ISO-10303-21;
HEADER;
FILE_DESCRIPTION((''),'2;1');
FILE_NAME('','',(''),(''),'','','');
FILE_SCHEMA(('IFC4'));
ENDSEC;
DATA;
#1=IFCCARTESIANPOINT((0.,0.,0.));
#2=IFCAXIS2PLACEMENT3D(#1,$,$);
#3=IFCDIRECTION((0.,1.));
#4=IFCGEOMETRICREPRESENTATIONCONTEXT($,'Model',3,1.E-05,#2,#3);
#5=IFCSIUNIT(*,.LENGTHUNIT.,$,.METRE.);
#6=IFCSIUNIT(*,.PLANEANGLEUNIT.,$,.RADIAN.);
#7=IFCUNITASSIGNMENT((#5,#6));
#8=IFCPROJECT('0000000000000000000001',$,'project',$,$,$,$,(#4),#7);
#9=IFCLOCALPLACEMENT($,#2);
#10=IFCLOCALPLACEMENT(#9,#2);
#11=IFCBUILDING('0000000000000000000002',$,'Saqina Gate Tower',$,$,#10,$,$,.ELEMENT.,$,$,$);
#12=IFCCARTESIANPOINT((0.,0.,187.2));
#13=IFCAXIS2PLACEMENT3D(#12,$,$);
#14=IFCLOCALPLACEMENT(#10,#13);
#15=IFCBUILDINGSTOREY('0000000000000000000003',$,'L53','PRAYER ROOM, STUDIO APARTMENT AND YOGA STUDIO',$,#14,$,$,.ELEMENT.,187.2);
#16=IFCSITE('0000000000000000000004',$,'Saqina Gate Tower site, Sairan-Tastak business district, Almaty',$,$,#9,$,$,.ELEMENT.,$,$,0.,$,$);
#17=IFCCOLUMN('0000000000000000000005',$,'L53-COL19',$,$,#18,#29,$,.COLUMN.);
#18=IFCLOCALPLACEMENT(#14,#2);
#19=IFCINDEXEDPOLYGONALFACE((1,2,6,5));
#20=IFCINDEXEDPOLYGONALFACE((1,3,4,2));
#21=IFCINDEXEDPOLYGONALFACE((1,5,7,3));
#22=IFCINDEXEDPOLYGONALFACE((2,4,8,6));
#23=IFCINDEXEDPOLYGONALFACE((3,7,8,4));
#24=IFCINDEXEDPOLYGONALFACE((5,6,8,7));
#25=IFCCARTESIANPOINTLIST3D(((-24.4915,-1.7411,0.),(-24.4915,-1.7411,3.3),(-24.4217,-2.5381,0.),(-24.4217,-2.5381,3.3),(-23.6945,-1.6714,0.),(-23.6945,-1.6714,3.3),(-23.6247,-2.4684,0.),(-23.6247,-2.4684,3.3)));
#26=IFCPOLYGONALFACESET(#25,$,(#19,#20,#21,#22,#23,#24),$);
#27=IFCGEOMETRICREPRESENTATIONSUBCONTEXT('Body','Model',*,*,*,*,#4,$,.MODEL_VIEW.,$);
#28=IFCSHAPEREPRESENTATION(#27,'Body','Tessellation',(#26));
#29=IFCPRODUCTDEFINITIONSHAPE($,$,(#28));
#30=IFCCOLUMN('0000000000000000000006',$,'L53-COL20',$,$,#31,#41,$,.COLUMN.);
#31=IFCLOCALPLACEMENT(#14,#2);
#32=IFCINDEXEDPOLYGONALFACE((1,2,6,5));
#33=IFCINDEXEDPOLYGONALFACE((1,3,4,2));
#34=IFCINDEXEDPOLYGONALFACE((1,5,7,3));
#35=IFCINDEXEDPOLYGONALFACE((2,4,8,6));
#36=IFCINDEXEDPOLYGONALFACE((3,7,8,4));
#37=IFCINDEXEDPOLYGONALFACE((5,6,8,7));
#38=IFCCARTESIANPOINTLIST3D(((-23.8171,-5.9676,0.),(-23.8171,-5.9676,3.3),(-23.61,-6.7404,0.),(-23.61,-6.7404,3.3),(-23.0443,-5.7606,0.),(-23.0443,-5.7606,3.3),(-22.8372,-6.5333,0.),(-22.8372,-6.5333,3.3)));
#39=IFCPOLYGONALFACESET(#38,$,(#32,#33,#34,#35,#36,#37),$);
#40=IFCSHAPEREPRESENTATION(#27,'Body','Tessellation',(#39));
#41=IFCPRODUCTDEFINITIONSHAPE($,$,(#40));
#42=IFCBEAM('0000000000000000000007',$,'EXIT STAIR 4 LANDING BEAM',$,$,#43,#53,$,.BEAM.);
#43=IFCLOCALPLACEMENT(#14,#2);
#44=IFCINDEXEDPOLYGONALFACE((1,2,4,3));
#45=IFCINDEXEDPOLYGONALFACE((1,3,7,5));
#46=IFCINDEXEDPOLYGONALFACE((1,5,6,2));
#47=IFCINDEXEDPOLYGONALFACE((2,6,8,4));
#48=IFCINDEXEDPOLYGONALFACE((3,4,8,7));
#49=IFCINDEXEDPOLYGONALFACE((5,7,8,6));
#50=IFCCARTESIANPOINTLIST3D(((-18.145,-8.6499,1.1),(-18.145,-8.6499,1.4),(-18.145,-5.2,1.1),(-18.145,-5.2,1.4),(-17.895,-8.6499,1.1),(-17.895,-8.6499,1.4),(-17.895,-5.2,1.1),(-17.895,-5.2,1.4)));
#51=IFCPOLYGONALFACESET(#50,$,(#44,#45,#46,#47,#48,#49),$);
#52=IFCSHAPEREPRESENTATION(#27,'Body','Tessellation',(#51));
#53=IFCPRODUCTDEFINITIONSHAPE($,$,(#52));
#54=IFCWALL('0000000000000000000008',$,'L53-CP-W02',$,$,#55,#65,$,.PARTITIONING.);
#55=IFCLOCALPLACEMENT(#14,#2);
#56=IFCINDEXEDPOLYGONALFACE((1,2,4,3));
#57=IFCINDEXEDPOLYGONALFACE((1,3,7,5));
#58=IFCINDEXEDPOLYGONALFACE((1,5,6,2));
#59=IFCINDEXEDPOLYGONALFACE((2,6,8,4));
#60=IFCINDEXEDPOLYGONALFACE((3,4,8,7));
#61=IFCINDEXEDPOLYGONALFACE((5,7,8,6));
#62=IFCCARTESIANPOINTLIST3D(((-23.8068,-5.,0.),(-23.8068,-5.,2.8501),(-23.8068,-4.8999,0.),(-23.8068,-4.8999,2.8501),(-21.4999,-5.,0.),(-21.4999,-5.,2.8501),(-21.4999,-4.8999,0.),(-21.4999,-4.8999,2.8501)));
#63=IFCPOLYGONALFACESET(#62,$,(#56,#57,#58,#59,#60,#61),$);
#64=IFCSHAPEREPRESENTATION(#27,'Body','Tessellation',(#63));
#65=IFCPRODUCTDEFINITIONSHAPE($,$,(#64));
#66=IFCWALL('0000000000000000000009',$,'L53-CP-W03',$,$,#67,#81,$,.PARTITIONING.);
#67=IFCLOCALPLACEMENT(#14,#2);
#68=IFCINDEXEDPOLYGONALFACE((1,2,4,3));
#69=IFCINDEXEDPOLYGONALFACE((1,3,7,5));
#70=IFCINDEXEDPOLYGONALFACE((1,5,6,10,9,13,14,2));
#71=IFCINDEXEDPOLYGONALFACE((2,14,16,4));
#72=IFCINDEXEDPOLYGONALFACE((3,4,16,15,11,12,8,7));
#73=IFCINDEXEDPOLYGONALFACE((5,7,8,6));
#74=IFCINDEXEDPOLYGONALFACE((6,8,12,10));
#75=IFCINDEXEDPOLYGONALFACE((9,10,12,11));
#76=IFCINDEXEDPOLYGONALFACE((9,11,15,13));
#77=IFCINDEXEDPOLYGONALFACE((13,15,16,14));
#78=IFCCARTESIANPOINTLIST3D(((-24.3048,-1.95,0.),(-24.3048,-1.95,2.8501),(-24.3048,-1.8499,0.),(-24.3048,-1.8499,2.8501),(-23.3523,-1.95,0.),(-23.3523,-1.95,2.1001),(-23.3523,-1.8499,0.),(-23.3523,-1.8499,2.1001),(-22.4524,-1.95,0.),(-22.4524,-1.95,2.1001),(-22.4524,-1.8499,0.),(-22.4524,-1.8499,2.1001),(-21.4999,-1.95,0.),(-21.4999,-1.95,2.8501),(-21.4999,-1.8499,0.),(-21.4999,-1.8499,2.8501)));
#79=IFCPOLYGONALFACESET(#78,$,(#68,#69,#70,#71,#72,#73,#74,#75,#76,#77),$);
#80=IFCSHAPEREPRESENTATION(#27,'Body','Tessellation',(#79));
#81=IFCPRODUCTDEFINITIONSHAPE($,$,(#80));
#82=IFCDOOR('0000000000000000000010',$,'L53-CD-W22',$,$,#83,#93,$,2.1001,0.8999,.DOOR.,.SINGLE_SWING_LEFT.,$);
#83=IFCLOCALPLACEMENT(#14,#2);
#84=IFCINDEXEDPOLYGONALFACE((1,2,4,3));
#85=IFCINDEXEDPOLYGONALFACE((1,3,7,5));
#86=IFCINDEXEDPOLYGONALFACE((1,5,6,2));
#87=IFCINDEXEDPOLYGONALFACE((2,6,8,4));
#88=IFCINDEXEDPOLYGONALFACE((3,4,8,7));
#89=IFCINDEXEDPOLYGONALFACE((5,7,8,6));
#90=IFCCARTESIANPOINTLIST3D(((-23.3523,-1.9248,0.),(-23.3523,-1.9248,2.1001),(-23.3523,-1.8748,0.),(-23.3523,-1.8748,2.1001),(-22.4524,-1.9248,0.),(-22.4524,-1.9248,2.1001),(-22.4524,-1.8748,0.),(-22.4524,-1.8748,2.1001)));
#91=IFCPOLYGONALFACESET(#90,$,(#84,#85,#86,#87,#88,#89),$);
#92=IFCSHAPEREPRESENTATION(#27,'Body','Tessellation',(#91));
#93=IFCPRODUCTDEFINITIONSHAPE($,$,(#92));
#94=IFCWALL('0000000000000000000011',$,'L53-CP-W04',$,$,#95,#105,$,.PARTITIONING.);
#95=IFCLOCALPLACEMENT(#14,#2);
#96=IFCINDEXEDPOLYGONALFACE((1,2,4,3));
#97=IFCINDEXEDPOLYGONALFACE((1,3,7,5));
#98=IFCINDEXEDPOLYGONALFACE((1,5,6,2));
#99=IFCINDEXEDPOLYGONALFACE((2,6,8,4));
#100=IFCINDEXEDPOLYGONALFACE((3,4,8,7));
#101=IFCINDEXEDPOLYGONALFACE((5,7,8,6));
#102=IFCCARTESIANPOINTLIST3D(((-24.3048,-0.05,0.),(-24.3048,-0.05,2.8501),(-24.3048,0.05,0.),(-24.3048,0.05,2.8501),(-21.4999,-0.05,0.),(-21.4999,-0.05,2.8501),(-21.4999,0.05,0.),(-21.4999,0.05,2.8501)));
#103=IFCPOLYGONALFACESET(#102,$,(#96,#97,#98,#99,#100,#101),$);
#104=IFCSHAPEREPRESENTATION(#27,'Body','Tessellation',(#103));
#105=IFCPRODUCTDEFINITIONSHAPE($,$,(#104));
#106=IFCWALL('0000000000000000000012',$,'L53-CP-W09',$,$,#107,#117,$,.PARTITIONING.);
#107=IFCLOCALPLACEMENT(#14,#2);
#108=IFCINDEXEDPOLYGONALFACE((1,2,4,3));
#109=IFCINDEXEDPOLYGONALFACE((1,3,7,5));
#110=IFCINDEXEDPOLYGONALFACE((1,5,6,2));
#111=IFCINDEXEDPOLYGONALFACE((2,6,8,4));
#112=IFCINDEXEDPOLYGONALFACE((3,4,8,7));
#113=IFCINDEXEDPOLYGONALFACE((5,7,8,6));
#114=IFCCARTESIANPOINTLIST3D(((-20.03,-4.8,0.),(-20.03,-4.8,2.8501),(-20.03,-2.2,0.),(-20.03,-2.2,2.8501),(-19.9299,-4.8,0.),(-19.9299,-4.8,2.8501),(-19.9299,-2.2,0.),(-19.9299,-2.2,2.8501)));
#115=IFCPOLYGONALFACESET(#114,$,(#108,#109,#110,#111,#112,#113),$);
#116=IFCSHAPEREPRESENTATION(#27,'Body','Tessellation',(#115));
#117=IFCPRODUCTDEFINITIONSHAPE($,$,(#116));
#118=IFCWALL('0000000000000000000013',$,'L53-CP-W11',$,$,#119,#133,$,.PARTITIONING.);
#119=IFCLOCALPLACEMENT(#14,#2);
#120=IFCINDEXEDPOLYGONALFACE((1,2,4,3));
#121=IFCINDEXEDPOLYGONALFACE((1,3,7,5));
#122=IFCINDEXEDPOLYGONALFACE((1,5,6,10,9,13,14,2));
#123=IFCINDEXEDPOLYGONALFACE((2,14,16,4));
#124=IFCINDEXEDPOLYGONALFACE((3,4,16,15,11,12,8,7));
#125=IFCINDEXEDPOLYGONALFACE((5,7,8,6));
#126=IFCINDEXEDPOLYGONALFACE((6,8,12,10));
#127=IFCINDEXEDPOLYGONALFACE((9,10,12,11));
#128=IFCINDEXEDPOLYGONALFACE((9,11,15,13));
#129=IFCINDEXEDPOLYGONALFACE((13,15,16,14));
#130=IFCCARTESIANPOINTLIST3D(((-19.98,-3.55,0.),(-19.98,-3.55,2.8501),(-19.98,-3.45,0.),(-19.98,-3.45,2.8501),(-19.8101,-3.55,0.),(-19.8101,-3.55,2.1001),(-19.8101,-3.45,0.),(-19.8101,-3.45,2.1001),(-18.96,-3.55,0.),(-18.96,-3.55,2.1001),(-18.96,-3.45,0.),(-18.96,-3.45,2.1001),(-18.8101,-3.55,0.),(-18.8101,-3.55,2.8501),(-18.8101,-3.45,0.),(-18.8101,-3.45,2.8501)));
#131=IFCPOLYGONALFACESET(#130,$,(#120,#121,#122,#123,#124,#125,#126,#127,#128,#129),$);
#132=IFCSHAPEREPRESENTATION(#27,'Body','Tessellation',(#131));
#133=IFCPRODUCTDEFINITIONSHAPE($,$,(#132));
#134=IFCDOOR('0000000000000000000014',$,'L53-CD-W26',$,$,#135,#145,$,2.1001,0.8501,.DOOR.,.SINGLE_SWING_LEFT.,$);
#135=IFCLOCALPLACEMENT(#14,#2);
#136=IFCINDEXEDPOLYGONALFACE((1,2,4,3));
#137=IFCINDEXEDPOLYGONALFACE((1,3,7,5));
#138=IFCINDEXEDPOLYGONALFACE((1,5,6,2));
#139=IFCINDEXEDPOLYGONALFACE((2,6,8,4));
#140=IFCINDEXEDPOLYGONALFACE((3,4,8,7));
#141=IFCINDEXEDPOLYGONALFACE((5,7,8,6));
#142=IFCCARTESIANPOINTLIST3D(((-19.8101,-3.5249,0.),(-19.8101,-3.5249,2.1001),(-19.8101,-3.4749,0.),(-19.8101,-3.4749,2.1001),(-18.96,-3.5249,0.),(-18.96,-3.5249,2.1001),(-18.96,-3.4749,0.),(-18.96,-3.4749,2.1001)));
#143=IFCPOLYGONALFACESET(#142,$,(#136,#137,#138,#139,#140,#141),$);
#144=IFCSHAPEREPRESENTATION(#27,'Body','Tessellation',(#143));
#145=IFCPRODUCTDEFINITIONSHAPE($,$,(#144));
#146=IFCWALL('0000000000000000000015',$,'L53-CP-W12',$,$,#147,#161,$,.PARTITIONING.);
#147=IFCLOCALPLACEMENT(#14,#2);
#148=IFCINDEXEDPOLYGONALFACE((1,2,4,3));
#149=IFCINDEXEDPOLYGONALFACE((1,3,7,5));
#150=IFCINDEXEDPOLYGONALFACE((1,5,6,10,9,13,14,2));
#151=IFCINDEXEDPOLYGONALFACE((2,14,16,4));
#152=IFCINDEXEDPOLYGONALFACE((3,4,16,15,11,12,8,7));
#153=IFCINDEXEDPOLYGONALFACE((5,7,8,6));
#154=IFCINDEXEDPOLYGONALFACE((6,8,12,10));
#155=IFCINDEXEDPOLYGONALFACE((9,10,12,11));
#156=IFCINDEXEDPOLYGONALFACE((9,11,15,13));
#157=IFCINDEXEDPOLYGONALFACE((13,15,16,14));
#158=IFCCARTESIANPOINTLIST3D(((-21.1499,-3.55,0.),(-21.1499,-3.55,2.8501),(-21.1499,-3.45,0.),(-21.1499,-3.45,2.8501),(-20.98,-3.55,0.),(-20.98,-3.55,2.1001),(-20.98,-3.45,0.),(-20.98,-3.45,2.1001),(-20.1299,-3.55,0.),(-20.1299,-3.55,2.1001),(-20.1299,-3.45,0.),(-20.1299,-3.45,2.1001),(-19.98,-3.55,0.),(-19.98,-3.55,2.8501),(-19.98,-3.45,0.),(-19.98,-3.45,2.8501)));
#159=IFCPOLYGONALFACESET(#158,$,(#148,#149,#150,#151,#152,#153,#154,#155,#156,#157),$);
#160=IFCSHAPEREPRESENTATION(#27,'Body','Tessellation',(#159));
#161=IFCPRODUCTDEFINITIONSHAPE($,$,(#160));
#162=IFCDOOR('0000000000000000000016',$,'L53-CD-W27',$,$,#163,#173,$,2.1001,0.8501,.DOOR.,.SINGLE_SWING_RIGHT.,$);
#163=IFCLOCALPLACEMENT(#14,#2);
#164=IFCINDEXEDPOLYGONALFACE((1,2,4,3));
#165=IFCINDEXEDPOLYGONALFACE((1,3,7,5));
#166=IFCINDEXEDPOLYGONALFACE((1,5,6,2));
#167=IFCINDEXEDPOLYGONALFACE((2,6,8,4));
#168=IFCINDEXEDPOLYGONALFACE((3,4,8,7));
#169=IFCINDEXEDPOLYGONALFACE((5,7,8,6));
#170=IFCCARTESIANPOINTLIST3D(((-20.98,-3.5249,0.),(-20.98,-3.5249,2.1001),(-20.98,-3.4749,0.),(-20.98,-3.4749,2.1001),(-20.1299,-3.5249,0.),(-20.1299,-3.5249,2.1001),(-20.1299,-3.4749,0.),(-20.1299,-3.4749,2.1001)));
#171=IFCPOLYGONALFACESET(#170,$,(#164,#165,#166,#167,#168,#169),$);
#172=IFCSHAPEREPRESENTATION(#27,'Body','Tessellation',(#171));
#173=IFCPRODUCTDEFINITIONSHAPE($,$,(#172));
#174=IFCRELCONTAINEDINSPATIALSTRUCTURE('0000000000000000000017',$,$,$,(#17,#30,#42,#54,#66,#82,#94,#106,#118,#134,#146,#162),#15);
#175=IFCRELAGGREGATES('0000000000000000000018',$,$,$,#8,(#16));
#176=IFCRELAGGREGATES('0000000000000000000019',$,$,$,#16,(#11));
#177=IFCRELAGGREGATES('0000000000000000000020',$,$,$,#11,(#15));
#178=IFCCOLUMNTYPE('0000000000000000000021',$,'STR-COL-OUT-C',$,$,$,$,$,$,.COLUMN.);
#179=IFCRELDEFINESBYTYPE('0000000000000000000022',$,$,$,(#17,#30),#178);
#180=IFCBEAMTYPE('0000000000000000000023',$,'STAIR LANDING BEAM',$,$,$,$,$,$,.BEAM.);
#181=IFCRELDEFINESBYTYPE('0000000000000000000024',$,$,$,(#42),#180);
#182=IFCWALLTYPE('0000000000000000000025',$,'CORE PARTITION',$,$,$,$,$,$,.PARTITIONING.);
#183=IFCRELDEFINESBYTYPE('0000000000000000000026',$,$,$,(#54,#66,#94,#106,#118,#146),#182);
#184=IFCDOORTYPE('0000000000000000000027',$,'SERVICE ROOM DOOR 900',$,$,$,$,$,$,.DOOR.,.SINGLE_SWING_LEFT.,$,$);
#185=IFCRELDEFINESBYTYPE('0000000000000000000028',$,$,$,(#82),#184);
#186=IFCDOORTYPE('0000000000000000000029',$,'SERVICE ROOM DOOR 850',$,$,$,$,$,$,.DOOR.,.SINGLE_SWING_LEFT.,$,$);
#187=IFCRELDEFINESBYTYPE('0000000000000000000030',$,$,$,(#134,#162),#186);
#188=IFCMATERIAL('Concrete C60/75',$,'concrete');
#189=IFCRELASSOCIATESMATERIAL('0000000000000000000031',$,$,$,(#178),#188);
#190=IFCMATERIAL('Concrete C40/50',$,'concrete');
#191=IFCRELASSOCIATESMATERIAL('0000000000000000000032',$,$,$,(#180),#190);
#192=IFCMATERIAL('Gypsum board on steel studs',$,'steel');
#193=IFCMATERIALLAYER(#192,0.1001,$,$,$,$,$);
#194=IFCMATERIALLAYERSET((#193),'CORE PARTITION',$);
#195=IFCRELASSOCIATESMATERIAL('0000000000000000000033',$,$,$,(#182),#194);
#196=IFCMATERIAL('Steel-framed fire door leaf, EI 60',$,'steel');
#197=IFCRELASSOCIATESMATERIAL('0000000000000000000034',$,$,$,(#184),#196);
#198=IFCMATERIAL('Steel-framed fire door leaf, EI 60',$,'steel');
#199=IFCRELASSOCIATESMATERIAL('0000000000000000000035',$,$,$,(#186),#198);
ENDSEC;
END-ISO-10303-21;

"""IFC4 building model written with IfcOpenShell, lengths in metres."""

from ifc_helpers import new_model, si_unit, direction, frame, frame_2d, origin, origin_2d, place, context, subcontext, project, spatial, rectangle, extrude, material, layer, layer_set, material_profile, profile_set, type_object, element, fill, save


model = new_model("IFC4")

# Units and contexts
model_context = context("Model", 3, precision=1e-05, world=origin(), true_north=direction((0.0, 1.0)))
body_context = subcontext(model_context, "Body", "Model", "MODEL_VIEW")
ifc_project = project(units=[si_unit("LENGTHUNIT", "METRE"), si_unit("PLANEANGLEUNIT", "RADIAN")], contexts=[model_context])

# Site, building, storey
site_placement = place(None, origin())
site = spatial("IfcSite", under=ifc_project, at=site_placement, Name="Saqina Gate Tower site, Sairan-Tastak business district, Almaty", CompositionType="ELEMENT", RefElevation=0.0)
building_placement = place(site_placement, origin())
building = spatial("IfcBuilding", under=site, at=building_placement, Name="Saqina Gate Tower", CompositionType="ELEMENT")
storey_placement = place(building_placement, frame((0.0, 0.0, 187.2)))
storey = spatial("IfcBuildingStorey", under=building, at=storey_placement, Name="L53", Description="PRAYER ROOM, STUDIO APARTMENT AND YOGA STUDIO", CompositionType="ELEMENT", Elevation=187.2)

# Columns
ifc_material_1 = material(Name="Concrete C60/75", Category="concrete")
ifc_material_profile_1 = material_profile(ifc_material_1, rectangle(XDim=0.8, YDim=0.8, at=origin_2d()), Name="RC 800x800")
ifc_profile_set_1 = profile_set([ifc_material_profile_1], Name="Concrete C60/75")
column_type = type_object("IfcColumnType", Name="STR-COL-OUT-C", PredefinedType="COLUMN", material=ifc_profile_set_1)
for number, where, z_axis, x_axis, name in (
    (1, (-24.0581, -2.1047, 0.0), (0.0, 0.0, 1.0), (-0.996195, -0.087156, 0.0), "L53-COL19"),
    (2, (-23.3271, -6.2505, 0.0), (0.0, 0.0, 1.0), (-0.965926, -0.258819, 0.0), "L53-COL20"),
):
    element("IfcColumn", number, at=place(storey_placement, frame(where, z_axis=z_axis, x_axis=x_axis)), inside=storey, type_object=column_type, Name=name, PredefinedType="COLUMN", context=body_context, shape_type="SweptSolid", body=[
        extrude(rectangle(XDim=0.8, YDim=0.8, at=origin_2d()), origin(), (0.0, 0.0, 1.0), 3.3),
    ])

# Beam
ifc_material_2 = material(Name="Concrete C40/50", Category="concrete")
ifc_material_profile_2 = material_profile(ifc_material_2, rectangle(XDim=0.25, YDim=0.3, at=origin_2d()), Name="STAIR LANDING BEAM")
ifc_profile_set_2 = profile_set([ifc_material_profile_2], Name="Concrete C40/50")
beam_type = type_object("IfcBeamType", Name="STAIR LANDING BEAM", PredefinedType="BEAM", material=ifc_profile_set_2)
beam_placement = place(storey_placement, frame((-18.02, -8.6499, 1.25), z_axis=(0.0, 1.0, 0.0), x_axis=(-1.0, 0.0, 0.0)))
element("IfcBeam", 3, at=beam_placement, inside=storey, type_object=beam_type, Name="EXIT STAIR 4 LANDING BEAM", PredefinedType="BEAM", context=body_context, shape_type="SweptSolid", body=[
    extrude(rectangle(XDim=0.25, YDim=0.3, at=origin_2d()), origin(), (0.0, 0.0, 1.0), 3.45),
])

# Wall
ifc_material_3 = material(Name="Gypsum board on steel studs", Category="steel")
ifc_layer_1 = layer(ifc_material_3, 0.1001)
ifc_layer_set_1 = layer_set([ifc_layer_1], Name="CORE PARTITION")
wall_type_1 = type_object("IfcWallType", Name="CORE PARTITION", PredefinedType="PARTITIONING", material=ifc_layer_set_1)
wall_1_placement = place(storey_placement, frame((-21.5, -4.95, 0.0), z_axis=(0.0, 0.0, 1.0), x_axis=(-1.0, 0.0, 0.0)))
element("IfcWall", 4, at=wall_1_placement, inside=storey, type_object=wall_type_1, Name="L53-CP-W02", PredefinedType="PARTITIONING", context=body_context, shape_type="SweptSolid", body=[
    extrude(rectangle(XDim=2.3069, YDim=0.1001, at=frame_2d((1.1533, 0.0))), origin(), (0.0, 0.0, 1.0), 2.8501),
])

# Wall, opening, door
wall_2_placement = place(storey_placement, frame((-21.5, -1.8999, 0.0), z_axis=(0.0, 0.0, 1.0), x_axis=(-1.0, 0.0, 0.0)))
wall_2 = element("IfcWall", 5, at=wall_2_placement, inside=storey, type_object=wall_type_1, Name="L53-CP-W03", PredefinedType="PARTITIONING", context=body_context, shape_type="SweptSolid", body=[
    extrude(rectangle(XDim=2.8049, YDim=0.1001, at=frame_2d((1.4023, 0.0))), origin(), (0.0, 0.0, 1.0), 2.8501),
])
opening_1_placement = place(wall_2_placement, frame((0.9524, 0.0, 0.0)))
opening_1 = element("IfcOpeningElement", 6, at=opening_1_placement, cuts=wall_2, PredefinedType="OPENING", context=body_context, shape_type="SweptSolid", body=[
    extrude(rectangle(XDim=0.8999, YDim=2.1001, at=frame_2d((0.45, 1.05))), frame((0.0, 0.062, 0.0), z_axis=(0.0, -1.0, 0.0), x_axis=(1.0, 0.0, 0.0)), (0.0, 0.0, 1.0), 0.124),
])
ifc_material_4 = material(Name="Steel-framed fire door leaf, EI 60", Category="steel")
door_type_1 = type_object("IfcDoorType", Name="SERVICE ROOM DOOR 900", OperationType="SINGLE_SWING_LEFT", PredefinedType="DOOR", material=ifc_material_4)
door_1_placement = place(opening_1_placement, origin())
door_1 = element("IfcDoor", 7, at=door_1_placement, inside=storey, type_object=door_type_1, Name="L53-CD-W22", OperationType="SINGLE_SWING_LEFT", OverallHeight=2.1001, OverallWidth=0.8999, PredefinedType="DOOR", context=body_context, shape_type="SweptSolid", body=[
    extrude(rectangle(XDim=0.8999, YDim=2.1001, at=frame_2d((0.45, 1.05))), frame((0.0, 0.0249, 0.0), z_axis=(0.0, -1.0, 0.0), x_axis=(1.0, 0.0, 0.0)), (0.0, 0.0, 1.0), 0.05),
])
fill(opening_1, door_1)

# Walls
wall_3_placement = place(storey_placement, frame((-21.5, 0.0, 0.0), z_axis=(0.0, 0.0, 1.0), x_axis=(-1.0, 0.0, 0.0)))
element("IfcWall", 8, at=wall_3_placement, inside=storey, type_object=wall_type_1, Name="L53-CP-W04", PredefinedType="PARTITIONING", context=body_context, shape_type="SweptSolid", body=[
    extrude(rectangle(XDim=2.8049, YDim=0.1001, at=frame_2d((1.4023, 0.0))), origin(), (0.0, 0.0, 1.0), 2.8501),
])
wall_4_placement = place(storey_placement, frame((-19.98, -4.8, 0.0), z_axis=(0.0, 0.0, 1.0), x_axis=(0.0, 1.0, 0.0)))
element("IfcWall", 9, at=wall_4_placement, inside=storey, type_object=wall_type_1, Name="L53-CP-W09", PredefinedType="PARTITIONING", context=body_context, shape_type="SweptSolid", body=[
    extrude(rectangle(XDim=2.6001, YDim=0.1001, at=frame_2d((1.3, 0.0))), origin(), (0.0, 0.0, 1.0), 2.8501),
])

# Walls, openings, doors
wall_5_placement = place(storey_placement, frame((-18.8101, -3.5, 0.0), z_axis=(0.0, 0.0, 1.0), x_axis=(-1.0, 0.0, 0.0)))
wall_5 = element("IfcWall", 10, at=wall_5_placement, inside=storey, type_object=wall_type_1, Name="L53-CP-W11", PredefinedType="PARTITIONING", context=body_context, shape_type="SweptSolid", body=[
    extrude(rectangle(XDim=1.1699, YDim=0.1001, at=frame_2d((0.585, 0.0))), origin(), (0.0, 0.0, 1.0), 2.8501),
])
opening_2_placement = place(wall_5_placement, frame((0.1499, 0.0, 0.0)))
opening_2 = element("IfcOpeningElement", 11, at=opening_2_placement, cuts=wall_5, PredefinedType="OPENING", context=body_context, shape_type="SweptSolid", body=[
    extrude(rectangle(XDim=0.8501, YDim=2.1001, at=frame_2d((0.425, 1.05))), frame((0.0, 0.062, 0.0), z_axis=(0.0, -1.0, 0.0), x_axis=(1.0, 0.0, 0.0)), (0.0, 0.0, 1.0), 0.124),
])
ifc_material_5 = material(Name="Steel-framed fire door leaf, EI 60", Category="steel")
door_type_2 = type_object("IfcDoorType", Name="SERVICE ROOM DOOR 850", OperationType="SINGLE_SWING_LEFT", PredefinedType="DOOR", material=ifc_material_5)
door_2_placement = place(opening_2_placement, origin())
door_2 = element("IfcDoor", 12, at=door_2_placement, inside=storey, type_object=door_type_2, Name="L53-CD-W26", OperationType="SINGLE_SWING_LEFT", OverallHeight=2.1001, OverallWidth=0.8501, PredefinedType="DOOR", context=body_context, shape_type="SweptSolid", body=[
    extrude(rectangle(XDim=0.8501, YDim=2.1001, at=frame_2d((0.425, 1.05))), frame((0.0, 0.0249, 0.0), z_axis=(0.0, -1.0, 0.0), x_axis=(1.0, 0.0, 0.0)), (0.0, 0.0, 1.0), 0.05),
])
fill(opening_2, door_2)
wall_6_placement = place(storey_placement, frame((-19.98, -3.5, 0.0), z_axis=(0.0, 0.0, 1.0), x_axis=(-1.0, 0.0, 0.0)))
wall_6 = element("IfcWall", 13, at=wall_6_placement, inside=storey, type_object=wall_type_1, Name="L53-CP-W12", PredefinedType="PARTITIONING", context=body_context, shape_type="SweptSolid", body=[
    extrude(rectangle(XDim=1.1699, YDim=0.1001, at=frame_2d((0.585, 0.0))), origin(), (0.0, 0.0, 1.0), 2.8501),
])
opening_3_placement = place(wall_6_placement, frame((0.1499, 0.0, 0.0)))
opening_3 = element("IfcOpeningElement", 14, at=opening_3_placement, cuts=wall_6, PredefinedType="OPENING", context=body_context, shape_type="SweptSolid", body=[
    extrude(rectangle(XDim=0.8501, YDim=2.1001, at=frame_2d((0.425, 1.05))), frame((0.0, 0.062, 0.0), z_axis=(0.0, -1.0, 0.0), x_axis=(1.0, 0.0, 0.0)), (0.0, 0.0, 1.0), 0.124),
])
door_3_placement = place(opening_3_placement, origin())
door_3 = element("IfcDoor", 15, at=door_3_placement, inside=storey, type_object=door_type_2, Name="L53-CD-W27", OperationType="SINGLE_SWING_RIGHT", OverallHeight=2.1001, OverallWidth=0.8501, PredefinedType="DOOR", context=body_context, shape_type="SweptSolid", body=[
    extrude(rectangle(XDim=0.8501, YDim=2.1001, at=frame_2d((0.425, 1.05))), frame((0.0, 0.0249, 0.0), z_axis=(0.0, -1.0, 0.0), x_axis=(1.0, 0.0, 0.0)), (0.0, 0.0, 1.0), 0.05),
])
fill(opening_3, door_3)

save(model, "model.ifc")
